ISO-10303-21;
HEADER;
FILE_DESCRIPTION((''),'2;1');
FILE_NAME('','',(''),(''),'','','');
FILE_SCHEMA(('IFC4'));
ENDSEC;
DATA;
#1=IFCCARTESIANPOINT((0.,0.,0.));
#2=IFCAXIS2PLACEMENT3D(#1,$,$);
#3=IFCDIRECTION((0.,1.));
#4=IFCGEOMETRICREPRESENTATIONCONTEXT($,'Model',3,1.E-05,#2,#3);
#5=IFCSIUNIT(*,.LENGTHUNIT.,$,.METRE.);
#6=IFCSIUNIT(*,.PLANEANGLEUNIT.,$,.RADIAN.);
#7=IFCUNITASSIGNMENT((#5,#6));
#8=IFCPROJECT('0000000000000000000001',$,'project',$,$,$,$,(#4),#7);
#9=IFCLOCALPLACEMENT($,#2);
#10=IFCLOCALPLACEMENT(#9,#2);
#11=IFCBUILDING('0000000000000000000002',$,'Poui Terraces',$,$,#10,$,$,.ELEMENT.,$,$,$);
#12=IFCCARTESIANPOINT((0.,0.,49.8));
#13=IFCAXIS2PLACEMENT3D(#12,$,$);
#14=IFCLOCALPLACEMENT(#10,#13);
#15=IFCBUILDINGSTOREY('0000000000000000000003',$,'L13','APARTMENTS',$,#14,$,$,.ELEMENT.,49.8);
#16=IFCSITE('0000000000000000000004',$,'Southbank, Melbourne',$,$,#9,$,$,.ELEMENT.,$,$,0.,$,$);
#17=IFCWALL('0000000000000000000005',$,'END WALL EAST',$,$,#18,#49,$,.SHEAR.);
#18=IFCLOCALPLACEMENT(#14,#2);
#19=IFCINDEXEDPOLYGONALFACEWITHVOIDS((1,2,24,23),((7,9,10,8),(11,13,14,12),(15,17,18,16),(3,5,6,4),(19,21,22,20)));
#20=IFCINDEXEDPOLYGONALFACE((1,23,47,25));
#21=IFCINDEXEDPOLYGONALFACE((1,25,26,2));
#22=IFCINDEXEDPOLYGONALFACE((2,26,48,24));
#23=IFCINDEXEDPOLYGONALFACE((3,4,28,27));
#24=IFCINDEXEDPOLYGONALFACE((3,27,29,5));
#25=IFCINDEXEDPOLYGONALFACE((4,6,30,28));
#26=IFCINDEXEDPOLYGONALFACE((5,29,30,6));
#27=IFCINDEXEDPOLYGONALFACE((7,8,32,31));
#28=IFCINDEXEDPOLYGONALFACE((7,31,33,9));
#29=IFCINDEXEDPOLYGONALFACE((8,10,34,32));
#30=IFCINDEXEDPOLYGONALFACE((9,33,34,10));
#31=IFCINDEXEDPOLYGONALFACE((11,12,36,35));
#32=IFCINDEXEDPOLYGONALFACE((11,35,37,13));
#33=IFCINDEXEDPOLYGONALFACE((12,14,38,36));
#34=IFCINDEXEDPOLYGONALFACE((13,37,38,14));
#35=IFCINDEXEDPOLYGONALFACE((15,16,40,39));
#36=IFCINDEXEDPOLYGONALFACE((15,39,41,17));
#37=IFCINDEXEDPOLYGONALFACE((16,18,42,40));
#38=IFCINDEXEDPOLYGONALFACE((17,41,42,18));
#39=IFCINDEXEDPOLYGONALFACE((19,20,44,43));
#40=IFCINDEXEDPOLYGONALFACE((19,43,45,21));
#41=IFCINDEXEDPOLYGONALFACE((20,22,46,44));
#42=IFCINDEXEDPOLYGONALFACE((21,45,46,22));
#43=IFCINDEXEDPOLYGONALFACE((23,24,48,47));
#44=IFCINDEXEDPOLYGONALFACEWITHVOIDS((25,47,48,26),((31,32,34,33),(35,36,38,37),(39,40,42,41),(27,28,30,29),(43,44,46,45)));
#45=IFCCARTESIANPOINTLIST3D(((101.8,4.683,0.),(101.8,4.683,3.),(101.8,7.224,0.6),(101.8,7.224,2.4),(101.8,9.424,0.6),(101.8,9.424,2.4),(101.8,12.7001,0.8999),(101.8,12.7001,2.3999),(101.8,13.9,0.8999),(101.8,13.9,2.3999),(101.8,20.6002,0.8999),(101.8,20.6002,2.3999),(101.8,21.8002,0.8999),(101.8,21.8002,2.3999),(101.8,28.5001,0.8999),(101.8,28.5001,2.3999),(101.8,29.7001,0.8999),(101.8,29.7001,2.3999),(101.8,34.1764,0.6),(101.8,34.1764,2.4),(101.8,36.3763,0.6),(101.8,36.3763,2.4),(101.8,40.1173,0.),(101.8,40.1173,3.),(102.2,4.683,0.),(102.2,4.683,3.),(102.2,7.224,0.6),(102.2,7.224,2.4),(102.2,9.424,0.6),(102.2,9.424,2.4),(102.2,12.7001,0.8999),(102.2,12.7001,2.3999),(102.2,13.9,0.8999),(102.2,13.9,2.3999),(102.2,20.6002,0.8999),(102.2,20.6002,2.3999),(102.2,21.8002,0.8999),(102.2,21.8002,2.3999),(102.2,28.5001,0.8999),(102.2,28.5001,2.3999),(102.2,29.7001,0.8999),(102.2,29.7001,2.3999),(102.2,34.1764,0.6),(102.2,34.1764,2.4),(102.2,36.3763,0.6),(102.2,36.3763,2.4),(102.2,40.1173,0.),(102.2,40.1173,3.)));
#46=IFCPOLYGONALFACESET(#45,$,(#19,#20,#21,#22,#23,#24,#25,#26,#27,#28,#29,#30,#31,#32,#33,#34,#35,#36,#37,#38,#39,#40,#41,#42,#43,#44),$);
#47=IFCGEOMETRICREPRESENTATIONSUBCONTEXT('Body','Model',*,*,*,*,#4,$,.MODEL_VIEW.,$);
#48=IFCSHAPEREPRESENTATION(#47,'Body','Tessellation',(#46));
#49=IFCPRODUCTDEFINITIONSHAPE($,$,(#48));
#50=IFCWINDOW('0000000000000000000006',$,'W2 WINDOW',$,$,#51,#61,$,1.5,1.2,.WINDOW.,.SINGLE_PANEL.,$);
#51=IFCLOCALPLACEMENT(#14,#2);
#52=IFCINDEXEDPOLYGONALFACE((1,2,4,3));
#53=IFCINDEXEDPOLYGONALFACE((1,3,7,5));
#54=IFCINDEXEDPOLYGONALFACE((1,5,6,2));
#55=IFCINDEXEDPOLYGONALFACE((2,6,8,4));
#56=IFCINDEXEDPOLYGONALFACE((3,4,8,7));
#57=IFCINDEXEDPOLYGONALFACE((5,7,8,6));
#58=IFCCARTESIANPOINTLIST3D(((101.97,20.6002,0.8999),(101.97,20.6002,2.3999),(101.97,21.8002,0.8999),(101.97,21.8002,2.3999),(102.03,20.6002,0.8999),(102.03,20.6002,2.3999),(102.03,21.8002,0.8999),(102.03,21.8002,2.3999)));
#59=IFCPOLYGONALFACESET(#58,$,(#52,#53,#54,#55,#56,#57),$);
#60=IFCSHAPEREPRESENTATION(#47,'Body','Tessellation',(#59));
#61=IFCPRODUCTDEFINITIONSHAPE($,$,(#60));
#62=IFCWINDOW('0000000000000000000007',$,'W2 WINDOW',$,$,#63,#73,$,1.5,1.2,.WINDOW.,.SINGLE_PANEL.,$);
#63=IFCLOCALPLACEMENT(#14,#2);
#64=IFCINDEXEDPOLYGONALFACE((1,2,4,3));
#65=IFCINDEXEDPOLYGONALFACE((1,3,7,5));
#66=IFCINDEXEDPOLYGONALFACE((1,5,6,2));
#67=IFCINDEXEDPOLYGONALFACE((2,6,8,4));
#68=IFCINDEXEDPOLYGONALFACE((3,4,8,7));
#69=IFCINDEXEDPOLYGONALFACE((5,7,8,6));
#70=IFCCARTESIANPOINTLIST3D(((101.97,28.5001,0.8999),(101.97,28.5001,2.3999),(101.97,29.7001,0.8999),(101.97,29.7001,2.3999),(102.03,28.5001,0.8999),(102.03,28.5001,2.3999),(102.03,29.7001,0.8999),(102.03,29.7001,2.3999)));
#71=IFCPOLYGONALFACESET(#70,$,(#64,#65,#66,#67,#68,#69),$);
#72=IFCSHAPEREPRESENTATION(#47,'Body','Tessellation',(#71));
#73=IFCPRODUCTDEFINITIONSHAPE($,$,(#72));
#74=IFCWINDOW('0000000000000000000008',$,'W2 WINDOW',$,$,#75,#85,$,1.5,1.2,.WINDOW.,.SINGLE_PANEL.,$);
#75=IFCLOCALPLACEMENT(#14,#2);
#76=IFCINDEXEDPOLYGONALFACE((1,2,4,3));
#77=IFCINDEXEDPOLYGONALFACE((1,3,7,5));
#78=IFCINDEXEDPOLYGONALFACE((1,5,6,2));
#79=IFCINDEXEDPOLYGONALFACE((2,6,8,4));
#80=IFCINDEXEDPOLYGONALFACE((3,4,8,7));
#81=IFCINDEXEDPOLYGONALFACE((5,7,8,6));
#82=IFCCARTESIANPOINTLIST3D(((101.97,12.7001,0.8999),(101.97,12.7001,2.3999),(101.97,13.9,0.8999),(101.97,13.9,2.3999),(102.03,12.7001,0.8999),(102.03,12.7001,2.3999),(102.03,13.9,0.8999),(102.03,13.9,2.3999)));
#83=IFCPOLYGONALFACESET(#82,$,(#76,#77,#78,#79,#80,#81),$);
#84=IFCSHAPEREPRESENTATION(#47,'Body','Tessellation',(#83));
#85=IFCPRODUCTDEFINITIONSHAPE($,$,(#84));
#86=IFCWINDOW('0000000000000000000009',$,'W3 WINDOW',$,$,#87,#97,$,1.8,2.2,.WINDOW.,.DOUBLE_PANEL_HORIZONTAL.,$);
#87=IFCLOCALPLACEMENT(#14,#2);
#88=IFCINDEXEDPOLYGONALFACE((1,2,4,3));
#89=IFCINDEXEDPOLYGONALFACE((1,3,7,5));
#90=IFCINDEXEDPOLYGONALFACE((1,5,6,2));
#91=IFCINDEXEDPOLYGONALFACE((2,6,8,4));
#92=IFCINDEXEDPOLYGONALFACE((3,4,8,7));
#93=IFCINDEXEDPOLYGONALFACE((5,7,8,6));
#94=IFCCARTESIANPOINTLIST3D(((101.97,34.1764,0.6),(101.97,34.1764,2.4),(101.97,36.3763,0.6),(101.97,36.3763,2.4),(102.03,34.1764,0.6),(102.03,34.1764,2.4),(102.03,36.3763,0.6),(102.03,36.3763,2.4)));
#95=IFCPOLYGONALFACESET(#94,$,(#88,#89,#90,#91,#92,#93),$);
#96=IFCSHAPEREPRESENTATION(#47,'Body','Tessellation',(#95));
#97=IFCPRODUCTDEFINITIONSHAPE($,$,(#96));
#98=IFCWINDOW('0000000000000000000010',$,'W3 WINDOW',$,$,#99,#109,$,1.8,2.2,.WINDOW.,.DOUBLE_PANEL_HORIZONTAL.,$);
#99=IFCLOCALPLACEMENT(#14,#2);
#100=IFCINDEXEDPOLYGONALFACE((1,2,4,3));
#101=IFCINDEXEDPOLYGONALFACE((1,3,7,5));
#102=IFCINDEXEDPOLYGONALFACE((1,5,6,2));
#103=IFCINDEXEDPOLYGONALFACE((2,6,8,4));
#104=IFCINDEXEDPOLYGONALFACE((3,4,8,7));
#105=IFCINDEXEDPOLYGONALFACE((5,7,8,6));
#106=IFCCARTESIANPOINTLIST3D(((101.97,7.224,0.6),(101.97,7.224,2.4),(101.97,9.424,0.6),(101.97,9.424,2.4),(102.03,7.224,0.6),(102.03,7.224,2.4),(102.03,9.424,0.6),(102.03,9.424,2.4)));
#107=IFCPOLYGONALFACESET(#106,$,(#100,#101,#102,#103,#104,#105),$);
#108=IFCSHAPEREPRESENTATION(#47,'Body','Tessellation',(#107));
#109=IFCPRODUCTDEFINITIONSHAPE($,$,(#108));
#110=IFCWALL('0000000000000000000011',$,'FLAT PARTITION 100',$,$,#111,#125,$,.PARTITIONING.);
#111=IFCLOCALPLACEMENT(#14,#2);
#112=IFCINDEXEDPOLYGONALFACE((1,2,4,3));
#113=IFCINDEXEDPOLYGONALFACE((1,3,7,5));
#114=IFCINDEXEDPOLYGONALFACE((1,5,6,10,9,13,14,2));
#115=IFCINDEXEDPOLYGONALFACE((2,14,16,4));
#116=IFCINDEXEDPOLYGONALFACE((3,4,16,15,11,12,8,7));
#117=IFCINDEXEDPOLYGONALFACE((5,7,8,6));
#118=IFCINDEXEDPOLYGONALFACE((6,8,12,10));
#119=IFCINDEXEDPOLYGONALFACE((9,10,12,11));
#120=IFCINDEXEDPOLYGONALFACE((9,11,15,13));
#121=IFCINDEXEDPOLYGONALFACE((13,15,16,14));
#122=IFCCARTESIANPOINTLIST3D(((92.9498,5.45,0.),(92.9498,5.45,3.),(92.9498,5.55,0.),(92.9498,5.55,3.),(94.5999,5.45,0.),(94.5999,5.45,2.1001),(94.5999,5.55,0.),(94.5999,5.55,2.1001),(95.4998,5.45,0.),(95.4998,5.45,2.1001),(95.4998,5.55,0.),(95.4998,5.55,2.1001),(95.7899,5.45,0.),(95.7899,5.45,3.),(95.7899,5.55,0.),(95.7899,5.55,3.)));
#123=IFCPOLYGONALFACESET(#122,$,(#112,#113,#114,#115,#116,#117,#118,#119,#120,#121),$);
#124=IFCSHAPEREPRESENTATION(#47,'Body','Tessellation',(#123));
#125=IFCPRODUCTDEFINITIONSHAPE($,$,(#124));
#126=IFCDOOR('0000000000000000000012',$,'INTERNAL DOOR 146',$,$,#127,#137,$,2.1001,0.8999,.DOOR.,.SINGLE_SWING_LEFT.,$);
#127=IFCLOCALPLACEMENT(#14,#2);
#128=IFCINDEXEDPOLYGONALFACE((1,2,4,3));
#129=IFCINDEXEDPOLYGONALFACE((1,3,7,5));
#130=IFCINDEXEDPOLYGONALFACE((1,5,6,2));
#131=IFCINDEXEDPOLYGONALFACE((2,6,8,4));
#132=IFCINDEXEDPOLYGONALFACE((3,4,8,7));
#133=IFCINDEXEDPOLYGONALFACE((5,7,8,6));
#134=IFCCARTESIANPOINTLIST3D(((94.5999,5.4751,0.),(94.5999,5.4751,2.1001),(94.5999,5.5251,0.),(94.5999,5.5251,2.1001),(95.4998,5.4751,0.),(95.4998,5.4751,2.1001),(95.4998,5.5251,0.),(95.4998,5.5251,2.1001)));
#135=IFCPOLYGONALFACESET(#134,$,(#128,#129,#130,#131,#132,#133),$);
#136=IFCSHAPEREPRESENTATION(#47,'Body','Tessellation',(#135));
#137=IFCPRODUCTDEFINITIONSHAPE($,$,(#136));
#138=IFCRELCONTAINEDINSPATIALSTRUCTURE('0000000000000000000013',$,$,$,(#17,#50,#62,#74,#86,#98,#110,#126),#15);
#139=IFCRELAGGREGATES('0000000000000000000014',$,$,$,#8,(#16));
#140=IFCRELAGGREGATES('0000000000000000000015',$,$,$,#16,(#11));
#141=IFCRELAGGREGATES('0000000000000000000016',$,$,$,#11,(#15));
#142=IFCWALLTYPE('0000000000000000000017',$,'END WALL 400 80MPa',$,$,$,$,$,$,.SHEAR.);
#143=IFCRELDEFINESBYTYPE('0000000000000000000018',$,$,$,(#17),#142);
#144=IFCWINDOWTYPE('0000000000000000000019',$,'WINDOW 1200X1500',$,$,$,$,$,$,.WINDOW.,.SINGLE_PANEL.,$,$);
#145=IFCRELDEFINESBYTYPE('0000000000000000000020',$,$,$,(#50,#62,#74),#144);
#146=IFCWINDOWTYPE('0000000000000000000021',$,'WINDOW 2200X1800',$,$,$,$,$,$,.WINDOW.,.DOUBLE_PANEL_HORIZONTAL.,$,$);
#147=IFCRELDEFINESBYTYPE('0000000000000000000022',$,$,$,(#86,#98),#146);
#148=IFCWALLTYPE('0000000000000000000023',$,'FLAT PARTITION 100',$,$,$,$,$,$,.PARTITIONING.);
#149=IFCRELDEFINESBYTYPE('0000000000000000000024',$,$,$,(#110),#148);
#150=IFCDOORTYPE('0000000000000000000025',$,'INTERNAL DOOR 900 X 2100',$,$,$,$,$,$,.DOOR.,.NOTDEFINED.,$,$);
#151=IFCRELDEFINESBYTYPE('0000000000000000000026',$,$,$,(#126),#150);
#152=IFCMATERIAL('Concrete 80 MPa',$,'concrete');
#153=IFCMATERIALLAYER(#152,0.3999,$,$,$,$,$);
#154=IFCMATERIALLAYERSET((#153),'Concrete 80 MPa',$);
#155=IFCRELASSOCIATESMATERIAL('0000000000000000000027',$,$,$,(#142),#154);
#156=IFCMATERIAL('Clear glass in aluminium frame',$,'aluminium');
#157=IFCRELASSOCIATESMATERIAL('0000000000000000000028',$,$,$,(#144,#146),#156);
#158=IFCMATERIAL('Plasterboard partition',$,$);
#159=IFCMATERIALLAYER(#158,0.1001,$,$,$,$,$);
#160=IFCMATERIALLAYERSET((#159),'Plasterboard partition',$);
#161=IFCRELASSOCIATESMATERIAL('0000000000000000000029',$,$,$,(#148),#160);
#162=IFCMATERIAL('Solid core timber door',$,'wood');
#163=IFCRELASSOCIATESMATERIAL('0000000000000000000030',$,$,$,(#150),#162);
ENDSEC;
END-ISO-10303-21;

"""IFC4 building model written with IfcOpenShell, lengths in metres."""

from ifc_helpers import new_model, si_unit, direction, frame, frame_2d, origin, place, context, subcontext, project, spatial, rectangle, extrude, material, layer, layer_set, type_object, element, fill, save


model = new_model("IFC4")

# Units and contexts
model_context = context("Model", 3, precision=1e-05, world=origin(), true_north=direction((0.0, 1.0)))
body_context = subcontext(model_context, "Body", "Model", "MODEL_VIEW")
ifc_project = project(units=[si_unit("LENGTHUNIT", "METRE"), si_unit("PLANEANGLEUNIT", "RADIAN")], contexts=[model_context])

# Site, building, storey
site_placement = place(None, origin())
site = spatial("IfcSite", under=ifc_project, at=site_placement, Name="Southbank, Melbourne", CompositionType="ELEMENT", RefElevation=0.0)
building_placement = place(site_placement, origin())
building = spatial("IfcBuilding", under=site, at=building_placement, Name="Poui Terraces", CompositionType="ELEMENT")
storey_placement = place(building_placement, frame((0.0, 0.0, 49.8)))
storey = spatial("IfcBuildingStorey", under=building, at=storey_placement, Name="L13", Description="APARTMENTS", CompositionType="ELEMENT", Elevation=49.8)

# Shared definitions
ifc_material_1 = material(Name="Concrete 80 MPa", Category="concrete")

# Shared definitions
ifc_material_2 = material(Name="Solid core timber door", Category="wood")

# Wall, openings, windows
ifc_layer_1 = layer(ifc_material_1, 0.3999)
ifc_layer_set_1 = layer_set([ifc_layer_1], Name="Concrete 80 MPa")
wall_type_1 = type_object("IfcWallType", Name="END WALL 400 80MPa", PredefinedType="SHEAR", material=ifc_layer_set_1)
wall_1_placement = place(storey_placement, frame((102.0, 4.6829, 0.0), z_axis=(0.0, 0.0, 1.0), x_axis=(0.0, 1.0, 0.0)))
wall_1 = element("IfcWall", 1, at=wall_1_placement, inside=storey, type_object=wall_type_1, Name="END WALL EAST", PredefinedType="SHEAR", context=body_context, shape_type="SweptSolid", body=[
    extrude(rectangle(XDim=35.4343, YDim=0.3999, at=frame_2d((17.7173, 0.0))), origin(), (0.0, 0.0, 1.0), 3.0),
])
opening_1_placement = place(wall_1_placement, frame((15.9172, 0.0, 0.8999)))
opening_1 = element("IfcOpeningElement", 2, at=opening_1_placement, cuts=wall_1, PredefinedType="OPENING", context=body_context, shape_type="SweptSolid", body=[
    extrude(rectangle(XDim=1.2, YDim=1.5, at=frame_2d((0.6001, 0.75))), frame((0.0, 0.21, 0.0), z_axis=(0.0, -1.0, 0.0), x_axis=(1.0, 0.0, 0.0)), (0.0, 0.0, 1.0), 0.4199),
])
opening_2_placement = place(wall_1_placement, frame((23.8171, 0.0, 0.8999)))
opening_2 = element("IfcOpeningElement", 3, at=opening_2_placement, cuts=wall_1, PredefinedType="OPENING", context=body_context, shape_type="SweptSolid", body=[
    extrude(rectangle(XDim=1.2, YDim=1.5, at=frame_2d((0.6001, 0.75))), frame((0.0, 0.21, 0.0), z_axis=(0.0, -1.0, 0.0), x_axis=(1.0, 0.0, 0.0)), (0.0, 0.0, 1.0), 0.4199),
])
opening_3_placement = place(wall_1_placement, frame((8.0171, 0.0, 0.8999)))
opening_3 = element("IfcOpeningElement", 4, at=opening_3_placement, cuts=wall_1, PredefinedType="OPENING", context=body_context, shape_type="SweptSolid", body=[
    extrude(rectangle(XDim=1.2, YDim=1.5, at=frame_2d((0.6001, 0.75))), frame((0.0, 0.21, 0.0), z_axis=(0.0, -1.0, 0.0), x_axis=(1.0, 0.0, 0.0)), (0.0, 0.0, 1.0), 0.4199),
])
opening_4_placement = place(wall_1_placement, frame((29.4934, 0.0, 0.6001)))
opening_4 = element("IfcOpeningElement", 5, at=opening_4_placement, cuts=wall_1, PredefinedType="OPENING", context=body_context, shape_type="SweptSolid", body=[
    extrude(rectangle(XDim=2.2, YDim=1.8, at=frame_2d((1.1001, 0.8999))), frame((0.0, 0.21, 0.0), z_axis=(0.0, -1.0, 0.0), x_axis=(1.0, 0.0, 0.0)), (0.0, 0.0, 1.0), 0.4199),
])
opening_5_placement = place(wall_1_placement, frame((2.541, 0.0, 0.6001)))
opening_5 = element("IfcOpeningElement", 6, at=opening_5_placement, cuts=wall_1, PredefinedType="OPENING", context=body_context, shape_type="SweptSolid", body=[
    extrude(rectangle(XDim=2.2, YDim=1.8, at=frame_2d((1.1001, 0.8999))), frame((0.0, 0.21, 0.0), z_axis=(0.0, -1.0, 0.0), x_axis=(1.0, 0.0, 0.0)), (0.0, 0.0, 1.0), 0.4199),
])
ifc_material_3 = material(Name="Clear glass in aluminium frame", Category="aluminium")
window_type_1 = type_object("IfcWindowType", Name="WINDOW 1200X1500", PartitioningType="SINGLE_PANEL", PredefinedType="WINDOW", material=ifc_material_3)
window_1_placement = place(opening_1_placement, origin())
window_1 = element("IfcWindow", 7, at=window_1_placement, inside=storey, type_object=window_type_1, Name="W2 WINDOW", OverallHeight=1.5, OverallWidth=1.2, PartitioningType="SINGLE_PANEL", PredefinedType="WINDOW", context=body_context, shape_type="SweptSolid", body=[
    extrude(rectangle(XDim=1.2, YDim=1.5, at=frame_2d((0.6001, 0.75))), frame((0.0, 0.03, 0.0), z_axis=(0.0, -1.0, 0.0), x_axis=(1.0, 0.0, 0.0)), (0.0, 0.0, 1.0), 0.0601),
])
fill(opening_1, window_1)
window_2_placement = place(opening_2_placement, origin())
window_2 = element("IfcWindow", 8, at=window_2_placement, inside=storey, type_object=window_type_1, Name="W2 WINDOW", OverallHeight=1.5, OverallWidth=1.2, PartitioningType="SINGLE_PANEL", PredefinedType="WINDOW", context=body_context, shape_type="SweptSolid", body=[
    extrude(rectangle(XDim=1.2, YDim=1.5, at=frame_2d((0.6001, 0.75))), frame((0.0, 0.03, 0.0), z_axis=(0.0, -1.0, 0.0), x_axis=(1.0, 0.0, 0.0)), (0.0, 0.0, 1.0), 0.0601),
])
fill(opening_2, window_2)
window_3_placement = place(opening_3_placement, origin())
window_3 = element("IfcWindow", 9, at=window_3_placement, inside=storey, type_object=window_type_1, Name="W2 WINDOW", OverallHeight=1.5, OverallWidth=1.2, PartitioningType="SINGLE_PANEL", PredefinedType="WINDOW", context=body_context, shape_type="SweptSolid", body=[
    extrude(rectangle(XDim=1.2, YDim=1.5, at=frame_2d((0.6001, 0.75))), frame((0.0, 0.03, 0.0), z_axis=(0.0, -1.0, 0.0), x_axis=(1.0, 0.0, 0.0)), (0.0, 0.0, 1.0), 0.0601),
])
fill(opening_3, window_3)
window_type_2 = type_object("IfcWindowType", Name="WINDOW 2200X1800", PartitioningType="DOUBLE_PANEL_HORIZONTAL", PredefinedType="WINDOW", material=ifc_material_3)
window_4_placement = place(opening_4_placement, origin())
window_4 = element("IfcWindow", 10, at=window_4_placement, inside=storey, type_object=window_type_2, Name="W3 WINDOW", OverallHeight=1.8, OverallWidth=2.2, PartitioningType="DOUBLE_PANEL_HORIZONTAL", PredefinedType="WINDOW", context=body_context, shape_type="SweptSolid", body=[
    extrude(rectangle(XDim=2.2, YDim=1.8, at=frame_2d((1.1001, 0.8999))), frame((0.0, 0.03, 0.0), z_axis=(0.0, -1.0, 0.0), x_axis=(1.0, 0.0, 0.0)), (0.0, 0.0, 1.0), 0.0601),
])
fill(opening_4, window_4)
window_5_placement = place(opening_5_placement, origin())
window_5 = element("IfcWindow", 11, at=window_5_placement, inside=storey, type_object=window_type_2, Name="W3 WINDOW", OverallHeight=1.8, OverallWidth=2.2, PartitioningType="DOUBLE_PANEL_HORIZONTAL", PredefinedType="WINDOW", context=body_context, shape_type="SweptSolid", body=[
    extrude(rectangle(XDim=2.2, YDim=1.8, at=frame_2d((1.1001, 0.8999))), frame((0.0, 0.03, 0.0), z_axis=(0.0, -1.0, 0.0), x_axis=(1.0, 0.0, 0.0)), (0.0, 0.0, 1.0), 0.0601),
])
fill(opening_5, window_5)

# Wall, opening, door
ifc_material_4 = material(Name="Plasterboard partition")
ifc_layer_2 = layer(ifc_material_4, 0.1001)
ifc_layer_set_2 = layer_set([ifc_layer_2], Name="Plasterboard partition")
wall_type_2 = type_object("IfcWallType", Name="FLAT PARTITION 100", PredefinedType="PARTITIONING", material=ifc_layer_set_2)
wall_2_placement = place(storey_placement, frame((92.95, 5.5, 0.0), z_axis=(0.0, 0.0, 1.0), x_axis=(1.0, 0.0, 0.0)))
wall_2 = element("IfcWall", 12, at=wall_2_placement, inside=storey, type_object=wall_type_2, Name="FLAT PARTITION 100", PredefinedType="PARTITIONING", context=body_context, shape_type="SweptSolid", body=[
    extrude(rectangle(XDim=2.8401, YDim=0.1001, at=frame_2d((1.4199, 0.0))), origin(), (0.0, 0.0, 1.0), 3.0),
])
opening_6_placement = place(wall_2_placement, frame((1.6499, 0.0, 0.0)))
opening_6 = element("IfcOpeningElement", 13, at=opening_6_placement, cuts=wall_2, PredefinedType="OPENING", context=body_context, shape_type="SweptSolid", body=[
    extrude(rectangle(XDim=0.8999, YDim=2.1001, at=frame_2d((0.45, 1.05))), frame((0.0, 0.0601, 0.0), z_axis=(0.0, -1.0, 0.0), x_axis=(1.0, 0.0, 0.0)), (0.0, 0.0, 1.0), 0.1201),
])
door_type_1 = type_object("IfcDoorType", Name="INTERNAL DOOR 900 X 2100", OperationType="NOTDEFINED", PredefinedType="DOOR", material=ifc_material_2)
door_1_placement = place(opening_6_placement, frame((0.8999, 0.0, 0.0), z_axis=(0.0, 0.0, 1.0), x_axis=(-1.0, 0.0, 0.0)))
door_1 = element("IfcDoor", 14, at=door_1_placement, inside=storey, type_object=door_type_1, Name="INTERNAL DOOR 146", OperationType="SINGLE_SWING_LEFT", OverallHeight=2.1001, OverallWidth=0.8999, PredefinedType="DOOR", context=body_context, shape_type="SweptSolid", body=[
    extrude(rectangle(XDim=0.8999, YDim=2.1001, at=frame_2d((0.45, 1.05))), frame((0.0, 0.0249, 0.0), z_axis=(0.0, -1.0, 0.0), x_axis=(1.0, 0.0, 0.0)), (0.0, 0.0, 1.0), 0.05),
])
fill(opening_6, door_1)

save(model, "model.ifc")
